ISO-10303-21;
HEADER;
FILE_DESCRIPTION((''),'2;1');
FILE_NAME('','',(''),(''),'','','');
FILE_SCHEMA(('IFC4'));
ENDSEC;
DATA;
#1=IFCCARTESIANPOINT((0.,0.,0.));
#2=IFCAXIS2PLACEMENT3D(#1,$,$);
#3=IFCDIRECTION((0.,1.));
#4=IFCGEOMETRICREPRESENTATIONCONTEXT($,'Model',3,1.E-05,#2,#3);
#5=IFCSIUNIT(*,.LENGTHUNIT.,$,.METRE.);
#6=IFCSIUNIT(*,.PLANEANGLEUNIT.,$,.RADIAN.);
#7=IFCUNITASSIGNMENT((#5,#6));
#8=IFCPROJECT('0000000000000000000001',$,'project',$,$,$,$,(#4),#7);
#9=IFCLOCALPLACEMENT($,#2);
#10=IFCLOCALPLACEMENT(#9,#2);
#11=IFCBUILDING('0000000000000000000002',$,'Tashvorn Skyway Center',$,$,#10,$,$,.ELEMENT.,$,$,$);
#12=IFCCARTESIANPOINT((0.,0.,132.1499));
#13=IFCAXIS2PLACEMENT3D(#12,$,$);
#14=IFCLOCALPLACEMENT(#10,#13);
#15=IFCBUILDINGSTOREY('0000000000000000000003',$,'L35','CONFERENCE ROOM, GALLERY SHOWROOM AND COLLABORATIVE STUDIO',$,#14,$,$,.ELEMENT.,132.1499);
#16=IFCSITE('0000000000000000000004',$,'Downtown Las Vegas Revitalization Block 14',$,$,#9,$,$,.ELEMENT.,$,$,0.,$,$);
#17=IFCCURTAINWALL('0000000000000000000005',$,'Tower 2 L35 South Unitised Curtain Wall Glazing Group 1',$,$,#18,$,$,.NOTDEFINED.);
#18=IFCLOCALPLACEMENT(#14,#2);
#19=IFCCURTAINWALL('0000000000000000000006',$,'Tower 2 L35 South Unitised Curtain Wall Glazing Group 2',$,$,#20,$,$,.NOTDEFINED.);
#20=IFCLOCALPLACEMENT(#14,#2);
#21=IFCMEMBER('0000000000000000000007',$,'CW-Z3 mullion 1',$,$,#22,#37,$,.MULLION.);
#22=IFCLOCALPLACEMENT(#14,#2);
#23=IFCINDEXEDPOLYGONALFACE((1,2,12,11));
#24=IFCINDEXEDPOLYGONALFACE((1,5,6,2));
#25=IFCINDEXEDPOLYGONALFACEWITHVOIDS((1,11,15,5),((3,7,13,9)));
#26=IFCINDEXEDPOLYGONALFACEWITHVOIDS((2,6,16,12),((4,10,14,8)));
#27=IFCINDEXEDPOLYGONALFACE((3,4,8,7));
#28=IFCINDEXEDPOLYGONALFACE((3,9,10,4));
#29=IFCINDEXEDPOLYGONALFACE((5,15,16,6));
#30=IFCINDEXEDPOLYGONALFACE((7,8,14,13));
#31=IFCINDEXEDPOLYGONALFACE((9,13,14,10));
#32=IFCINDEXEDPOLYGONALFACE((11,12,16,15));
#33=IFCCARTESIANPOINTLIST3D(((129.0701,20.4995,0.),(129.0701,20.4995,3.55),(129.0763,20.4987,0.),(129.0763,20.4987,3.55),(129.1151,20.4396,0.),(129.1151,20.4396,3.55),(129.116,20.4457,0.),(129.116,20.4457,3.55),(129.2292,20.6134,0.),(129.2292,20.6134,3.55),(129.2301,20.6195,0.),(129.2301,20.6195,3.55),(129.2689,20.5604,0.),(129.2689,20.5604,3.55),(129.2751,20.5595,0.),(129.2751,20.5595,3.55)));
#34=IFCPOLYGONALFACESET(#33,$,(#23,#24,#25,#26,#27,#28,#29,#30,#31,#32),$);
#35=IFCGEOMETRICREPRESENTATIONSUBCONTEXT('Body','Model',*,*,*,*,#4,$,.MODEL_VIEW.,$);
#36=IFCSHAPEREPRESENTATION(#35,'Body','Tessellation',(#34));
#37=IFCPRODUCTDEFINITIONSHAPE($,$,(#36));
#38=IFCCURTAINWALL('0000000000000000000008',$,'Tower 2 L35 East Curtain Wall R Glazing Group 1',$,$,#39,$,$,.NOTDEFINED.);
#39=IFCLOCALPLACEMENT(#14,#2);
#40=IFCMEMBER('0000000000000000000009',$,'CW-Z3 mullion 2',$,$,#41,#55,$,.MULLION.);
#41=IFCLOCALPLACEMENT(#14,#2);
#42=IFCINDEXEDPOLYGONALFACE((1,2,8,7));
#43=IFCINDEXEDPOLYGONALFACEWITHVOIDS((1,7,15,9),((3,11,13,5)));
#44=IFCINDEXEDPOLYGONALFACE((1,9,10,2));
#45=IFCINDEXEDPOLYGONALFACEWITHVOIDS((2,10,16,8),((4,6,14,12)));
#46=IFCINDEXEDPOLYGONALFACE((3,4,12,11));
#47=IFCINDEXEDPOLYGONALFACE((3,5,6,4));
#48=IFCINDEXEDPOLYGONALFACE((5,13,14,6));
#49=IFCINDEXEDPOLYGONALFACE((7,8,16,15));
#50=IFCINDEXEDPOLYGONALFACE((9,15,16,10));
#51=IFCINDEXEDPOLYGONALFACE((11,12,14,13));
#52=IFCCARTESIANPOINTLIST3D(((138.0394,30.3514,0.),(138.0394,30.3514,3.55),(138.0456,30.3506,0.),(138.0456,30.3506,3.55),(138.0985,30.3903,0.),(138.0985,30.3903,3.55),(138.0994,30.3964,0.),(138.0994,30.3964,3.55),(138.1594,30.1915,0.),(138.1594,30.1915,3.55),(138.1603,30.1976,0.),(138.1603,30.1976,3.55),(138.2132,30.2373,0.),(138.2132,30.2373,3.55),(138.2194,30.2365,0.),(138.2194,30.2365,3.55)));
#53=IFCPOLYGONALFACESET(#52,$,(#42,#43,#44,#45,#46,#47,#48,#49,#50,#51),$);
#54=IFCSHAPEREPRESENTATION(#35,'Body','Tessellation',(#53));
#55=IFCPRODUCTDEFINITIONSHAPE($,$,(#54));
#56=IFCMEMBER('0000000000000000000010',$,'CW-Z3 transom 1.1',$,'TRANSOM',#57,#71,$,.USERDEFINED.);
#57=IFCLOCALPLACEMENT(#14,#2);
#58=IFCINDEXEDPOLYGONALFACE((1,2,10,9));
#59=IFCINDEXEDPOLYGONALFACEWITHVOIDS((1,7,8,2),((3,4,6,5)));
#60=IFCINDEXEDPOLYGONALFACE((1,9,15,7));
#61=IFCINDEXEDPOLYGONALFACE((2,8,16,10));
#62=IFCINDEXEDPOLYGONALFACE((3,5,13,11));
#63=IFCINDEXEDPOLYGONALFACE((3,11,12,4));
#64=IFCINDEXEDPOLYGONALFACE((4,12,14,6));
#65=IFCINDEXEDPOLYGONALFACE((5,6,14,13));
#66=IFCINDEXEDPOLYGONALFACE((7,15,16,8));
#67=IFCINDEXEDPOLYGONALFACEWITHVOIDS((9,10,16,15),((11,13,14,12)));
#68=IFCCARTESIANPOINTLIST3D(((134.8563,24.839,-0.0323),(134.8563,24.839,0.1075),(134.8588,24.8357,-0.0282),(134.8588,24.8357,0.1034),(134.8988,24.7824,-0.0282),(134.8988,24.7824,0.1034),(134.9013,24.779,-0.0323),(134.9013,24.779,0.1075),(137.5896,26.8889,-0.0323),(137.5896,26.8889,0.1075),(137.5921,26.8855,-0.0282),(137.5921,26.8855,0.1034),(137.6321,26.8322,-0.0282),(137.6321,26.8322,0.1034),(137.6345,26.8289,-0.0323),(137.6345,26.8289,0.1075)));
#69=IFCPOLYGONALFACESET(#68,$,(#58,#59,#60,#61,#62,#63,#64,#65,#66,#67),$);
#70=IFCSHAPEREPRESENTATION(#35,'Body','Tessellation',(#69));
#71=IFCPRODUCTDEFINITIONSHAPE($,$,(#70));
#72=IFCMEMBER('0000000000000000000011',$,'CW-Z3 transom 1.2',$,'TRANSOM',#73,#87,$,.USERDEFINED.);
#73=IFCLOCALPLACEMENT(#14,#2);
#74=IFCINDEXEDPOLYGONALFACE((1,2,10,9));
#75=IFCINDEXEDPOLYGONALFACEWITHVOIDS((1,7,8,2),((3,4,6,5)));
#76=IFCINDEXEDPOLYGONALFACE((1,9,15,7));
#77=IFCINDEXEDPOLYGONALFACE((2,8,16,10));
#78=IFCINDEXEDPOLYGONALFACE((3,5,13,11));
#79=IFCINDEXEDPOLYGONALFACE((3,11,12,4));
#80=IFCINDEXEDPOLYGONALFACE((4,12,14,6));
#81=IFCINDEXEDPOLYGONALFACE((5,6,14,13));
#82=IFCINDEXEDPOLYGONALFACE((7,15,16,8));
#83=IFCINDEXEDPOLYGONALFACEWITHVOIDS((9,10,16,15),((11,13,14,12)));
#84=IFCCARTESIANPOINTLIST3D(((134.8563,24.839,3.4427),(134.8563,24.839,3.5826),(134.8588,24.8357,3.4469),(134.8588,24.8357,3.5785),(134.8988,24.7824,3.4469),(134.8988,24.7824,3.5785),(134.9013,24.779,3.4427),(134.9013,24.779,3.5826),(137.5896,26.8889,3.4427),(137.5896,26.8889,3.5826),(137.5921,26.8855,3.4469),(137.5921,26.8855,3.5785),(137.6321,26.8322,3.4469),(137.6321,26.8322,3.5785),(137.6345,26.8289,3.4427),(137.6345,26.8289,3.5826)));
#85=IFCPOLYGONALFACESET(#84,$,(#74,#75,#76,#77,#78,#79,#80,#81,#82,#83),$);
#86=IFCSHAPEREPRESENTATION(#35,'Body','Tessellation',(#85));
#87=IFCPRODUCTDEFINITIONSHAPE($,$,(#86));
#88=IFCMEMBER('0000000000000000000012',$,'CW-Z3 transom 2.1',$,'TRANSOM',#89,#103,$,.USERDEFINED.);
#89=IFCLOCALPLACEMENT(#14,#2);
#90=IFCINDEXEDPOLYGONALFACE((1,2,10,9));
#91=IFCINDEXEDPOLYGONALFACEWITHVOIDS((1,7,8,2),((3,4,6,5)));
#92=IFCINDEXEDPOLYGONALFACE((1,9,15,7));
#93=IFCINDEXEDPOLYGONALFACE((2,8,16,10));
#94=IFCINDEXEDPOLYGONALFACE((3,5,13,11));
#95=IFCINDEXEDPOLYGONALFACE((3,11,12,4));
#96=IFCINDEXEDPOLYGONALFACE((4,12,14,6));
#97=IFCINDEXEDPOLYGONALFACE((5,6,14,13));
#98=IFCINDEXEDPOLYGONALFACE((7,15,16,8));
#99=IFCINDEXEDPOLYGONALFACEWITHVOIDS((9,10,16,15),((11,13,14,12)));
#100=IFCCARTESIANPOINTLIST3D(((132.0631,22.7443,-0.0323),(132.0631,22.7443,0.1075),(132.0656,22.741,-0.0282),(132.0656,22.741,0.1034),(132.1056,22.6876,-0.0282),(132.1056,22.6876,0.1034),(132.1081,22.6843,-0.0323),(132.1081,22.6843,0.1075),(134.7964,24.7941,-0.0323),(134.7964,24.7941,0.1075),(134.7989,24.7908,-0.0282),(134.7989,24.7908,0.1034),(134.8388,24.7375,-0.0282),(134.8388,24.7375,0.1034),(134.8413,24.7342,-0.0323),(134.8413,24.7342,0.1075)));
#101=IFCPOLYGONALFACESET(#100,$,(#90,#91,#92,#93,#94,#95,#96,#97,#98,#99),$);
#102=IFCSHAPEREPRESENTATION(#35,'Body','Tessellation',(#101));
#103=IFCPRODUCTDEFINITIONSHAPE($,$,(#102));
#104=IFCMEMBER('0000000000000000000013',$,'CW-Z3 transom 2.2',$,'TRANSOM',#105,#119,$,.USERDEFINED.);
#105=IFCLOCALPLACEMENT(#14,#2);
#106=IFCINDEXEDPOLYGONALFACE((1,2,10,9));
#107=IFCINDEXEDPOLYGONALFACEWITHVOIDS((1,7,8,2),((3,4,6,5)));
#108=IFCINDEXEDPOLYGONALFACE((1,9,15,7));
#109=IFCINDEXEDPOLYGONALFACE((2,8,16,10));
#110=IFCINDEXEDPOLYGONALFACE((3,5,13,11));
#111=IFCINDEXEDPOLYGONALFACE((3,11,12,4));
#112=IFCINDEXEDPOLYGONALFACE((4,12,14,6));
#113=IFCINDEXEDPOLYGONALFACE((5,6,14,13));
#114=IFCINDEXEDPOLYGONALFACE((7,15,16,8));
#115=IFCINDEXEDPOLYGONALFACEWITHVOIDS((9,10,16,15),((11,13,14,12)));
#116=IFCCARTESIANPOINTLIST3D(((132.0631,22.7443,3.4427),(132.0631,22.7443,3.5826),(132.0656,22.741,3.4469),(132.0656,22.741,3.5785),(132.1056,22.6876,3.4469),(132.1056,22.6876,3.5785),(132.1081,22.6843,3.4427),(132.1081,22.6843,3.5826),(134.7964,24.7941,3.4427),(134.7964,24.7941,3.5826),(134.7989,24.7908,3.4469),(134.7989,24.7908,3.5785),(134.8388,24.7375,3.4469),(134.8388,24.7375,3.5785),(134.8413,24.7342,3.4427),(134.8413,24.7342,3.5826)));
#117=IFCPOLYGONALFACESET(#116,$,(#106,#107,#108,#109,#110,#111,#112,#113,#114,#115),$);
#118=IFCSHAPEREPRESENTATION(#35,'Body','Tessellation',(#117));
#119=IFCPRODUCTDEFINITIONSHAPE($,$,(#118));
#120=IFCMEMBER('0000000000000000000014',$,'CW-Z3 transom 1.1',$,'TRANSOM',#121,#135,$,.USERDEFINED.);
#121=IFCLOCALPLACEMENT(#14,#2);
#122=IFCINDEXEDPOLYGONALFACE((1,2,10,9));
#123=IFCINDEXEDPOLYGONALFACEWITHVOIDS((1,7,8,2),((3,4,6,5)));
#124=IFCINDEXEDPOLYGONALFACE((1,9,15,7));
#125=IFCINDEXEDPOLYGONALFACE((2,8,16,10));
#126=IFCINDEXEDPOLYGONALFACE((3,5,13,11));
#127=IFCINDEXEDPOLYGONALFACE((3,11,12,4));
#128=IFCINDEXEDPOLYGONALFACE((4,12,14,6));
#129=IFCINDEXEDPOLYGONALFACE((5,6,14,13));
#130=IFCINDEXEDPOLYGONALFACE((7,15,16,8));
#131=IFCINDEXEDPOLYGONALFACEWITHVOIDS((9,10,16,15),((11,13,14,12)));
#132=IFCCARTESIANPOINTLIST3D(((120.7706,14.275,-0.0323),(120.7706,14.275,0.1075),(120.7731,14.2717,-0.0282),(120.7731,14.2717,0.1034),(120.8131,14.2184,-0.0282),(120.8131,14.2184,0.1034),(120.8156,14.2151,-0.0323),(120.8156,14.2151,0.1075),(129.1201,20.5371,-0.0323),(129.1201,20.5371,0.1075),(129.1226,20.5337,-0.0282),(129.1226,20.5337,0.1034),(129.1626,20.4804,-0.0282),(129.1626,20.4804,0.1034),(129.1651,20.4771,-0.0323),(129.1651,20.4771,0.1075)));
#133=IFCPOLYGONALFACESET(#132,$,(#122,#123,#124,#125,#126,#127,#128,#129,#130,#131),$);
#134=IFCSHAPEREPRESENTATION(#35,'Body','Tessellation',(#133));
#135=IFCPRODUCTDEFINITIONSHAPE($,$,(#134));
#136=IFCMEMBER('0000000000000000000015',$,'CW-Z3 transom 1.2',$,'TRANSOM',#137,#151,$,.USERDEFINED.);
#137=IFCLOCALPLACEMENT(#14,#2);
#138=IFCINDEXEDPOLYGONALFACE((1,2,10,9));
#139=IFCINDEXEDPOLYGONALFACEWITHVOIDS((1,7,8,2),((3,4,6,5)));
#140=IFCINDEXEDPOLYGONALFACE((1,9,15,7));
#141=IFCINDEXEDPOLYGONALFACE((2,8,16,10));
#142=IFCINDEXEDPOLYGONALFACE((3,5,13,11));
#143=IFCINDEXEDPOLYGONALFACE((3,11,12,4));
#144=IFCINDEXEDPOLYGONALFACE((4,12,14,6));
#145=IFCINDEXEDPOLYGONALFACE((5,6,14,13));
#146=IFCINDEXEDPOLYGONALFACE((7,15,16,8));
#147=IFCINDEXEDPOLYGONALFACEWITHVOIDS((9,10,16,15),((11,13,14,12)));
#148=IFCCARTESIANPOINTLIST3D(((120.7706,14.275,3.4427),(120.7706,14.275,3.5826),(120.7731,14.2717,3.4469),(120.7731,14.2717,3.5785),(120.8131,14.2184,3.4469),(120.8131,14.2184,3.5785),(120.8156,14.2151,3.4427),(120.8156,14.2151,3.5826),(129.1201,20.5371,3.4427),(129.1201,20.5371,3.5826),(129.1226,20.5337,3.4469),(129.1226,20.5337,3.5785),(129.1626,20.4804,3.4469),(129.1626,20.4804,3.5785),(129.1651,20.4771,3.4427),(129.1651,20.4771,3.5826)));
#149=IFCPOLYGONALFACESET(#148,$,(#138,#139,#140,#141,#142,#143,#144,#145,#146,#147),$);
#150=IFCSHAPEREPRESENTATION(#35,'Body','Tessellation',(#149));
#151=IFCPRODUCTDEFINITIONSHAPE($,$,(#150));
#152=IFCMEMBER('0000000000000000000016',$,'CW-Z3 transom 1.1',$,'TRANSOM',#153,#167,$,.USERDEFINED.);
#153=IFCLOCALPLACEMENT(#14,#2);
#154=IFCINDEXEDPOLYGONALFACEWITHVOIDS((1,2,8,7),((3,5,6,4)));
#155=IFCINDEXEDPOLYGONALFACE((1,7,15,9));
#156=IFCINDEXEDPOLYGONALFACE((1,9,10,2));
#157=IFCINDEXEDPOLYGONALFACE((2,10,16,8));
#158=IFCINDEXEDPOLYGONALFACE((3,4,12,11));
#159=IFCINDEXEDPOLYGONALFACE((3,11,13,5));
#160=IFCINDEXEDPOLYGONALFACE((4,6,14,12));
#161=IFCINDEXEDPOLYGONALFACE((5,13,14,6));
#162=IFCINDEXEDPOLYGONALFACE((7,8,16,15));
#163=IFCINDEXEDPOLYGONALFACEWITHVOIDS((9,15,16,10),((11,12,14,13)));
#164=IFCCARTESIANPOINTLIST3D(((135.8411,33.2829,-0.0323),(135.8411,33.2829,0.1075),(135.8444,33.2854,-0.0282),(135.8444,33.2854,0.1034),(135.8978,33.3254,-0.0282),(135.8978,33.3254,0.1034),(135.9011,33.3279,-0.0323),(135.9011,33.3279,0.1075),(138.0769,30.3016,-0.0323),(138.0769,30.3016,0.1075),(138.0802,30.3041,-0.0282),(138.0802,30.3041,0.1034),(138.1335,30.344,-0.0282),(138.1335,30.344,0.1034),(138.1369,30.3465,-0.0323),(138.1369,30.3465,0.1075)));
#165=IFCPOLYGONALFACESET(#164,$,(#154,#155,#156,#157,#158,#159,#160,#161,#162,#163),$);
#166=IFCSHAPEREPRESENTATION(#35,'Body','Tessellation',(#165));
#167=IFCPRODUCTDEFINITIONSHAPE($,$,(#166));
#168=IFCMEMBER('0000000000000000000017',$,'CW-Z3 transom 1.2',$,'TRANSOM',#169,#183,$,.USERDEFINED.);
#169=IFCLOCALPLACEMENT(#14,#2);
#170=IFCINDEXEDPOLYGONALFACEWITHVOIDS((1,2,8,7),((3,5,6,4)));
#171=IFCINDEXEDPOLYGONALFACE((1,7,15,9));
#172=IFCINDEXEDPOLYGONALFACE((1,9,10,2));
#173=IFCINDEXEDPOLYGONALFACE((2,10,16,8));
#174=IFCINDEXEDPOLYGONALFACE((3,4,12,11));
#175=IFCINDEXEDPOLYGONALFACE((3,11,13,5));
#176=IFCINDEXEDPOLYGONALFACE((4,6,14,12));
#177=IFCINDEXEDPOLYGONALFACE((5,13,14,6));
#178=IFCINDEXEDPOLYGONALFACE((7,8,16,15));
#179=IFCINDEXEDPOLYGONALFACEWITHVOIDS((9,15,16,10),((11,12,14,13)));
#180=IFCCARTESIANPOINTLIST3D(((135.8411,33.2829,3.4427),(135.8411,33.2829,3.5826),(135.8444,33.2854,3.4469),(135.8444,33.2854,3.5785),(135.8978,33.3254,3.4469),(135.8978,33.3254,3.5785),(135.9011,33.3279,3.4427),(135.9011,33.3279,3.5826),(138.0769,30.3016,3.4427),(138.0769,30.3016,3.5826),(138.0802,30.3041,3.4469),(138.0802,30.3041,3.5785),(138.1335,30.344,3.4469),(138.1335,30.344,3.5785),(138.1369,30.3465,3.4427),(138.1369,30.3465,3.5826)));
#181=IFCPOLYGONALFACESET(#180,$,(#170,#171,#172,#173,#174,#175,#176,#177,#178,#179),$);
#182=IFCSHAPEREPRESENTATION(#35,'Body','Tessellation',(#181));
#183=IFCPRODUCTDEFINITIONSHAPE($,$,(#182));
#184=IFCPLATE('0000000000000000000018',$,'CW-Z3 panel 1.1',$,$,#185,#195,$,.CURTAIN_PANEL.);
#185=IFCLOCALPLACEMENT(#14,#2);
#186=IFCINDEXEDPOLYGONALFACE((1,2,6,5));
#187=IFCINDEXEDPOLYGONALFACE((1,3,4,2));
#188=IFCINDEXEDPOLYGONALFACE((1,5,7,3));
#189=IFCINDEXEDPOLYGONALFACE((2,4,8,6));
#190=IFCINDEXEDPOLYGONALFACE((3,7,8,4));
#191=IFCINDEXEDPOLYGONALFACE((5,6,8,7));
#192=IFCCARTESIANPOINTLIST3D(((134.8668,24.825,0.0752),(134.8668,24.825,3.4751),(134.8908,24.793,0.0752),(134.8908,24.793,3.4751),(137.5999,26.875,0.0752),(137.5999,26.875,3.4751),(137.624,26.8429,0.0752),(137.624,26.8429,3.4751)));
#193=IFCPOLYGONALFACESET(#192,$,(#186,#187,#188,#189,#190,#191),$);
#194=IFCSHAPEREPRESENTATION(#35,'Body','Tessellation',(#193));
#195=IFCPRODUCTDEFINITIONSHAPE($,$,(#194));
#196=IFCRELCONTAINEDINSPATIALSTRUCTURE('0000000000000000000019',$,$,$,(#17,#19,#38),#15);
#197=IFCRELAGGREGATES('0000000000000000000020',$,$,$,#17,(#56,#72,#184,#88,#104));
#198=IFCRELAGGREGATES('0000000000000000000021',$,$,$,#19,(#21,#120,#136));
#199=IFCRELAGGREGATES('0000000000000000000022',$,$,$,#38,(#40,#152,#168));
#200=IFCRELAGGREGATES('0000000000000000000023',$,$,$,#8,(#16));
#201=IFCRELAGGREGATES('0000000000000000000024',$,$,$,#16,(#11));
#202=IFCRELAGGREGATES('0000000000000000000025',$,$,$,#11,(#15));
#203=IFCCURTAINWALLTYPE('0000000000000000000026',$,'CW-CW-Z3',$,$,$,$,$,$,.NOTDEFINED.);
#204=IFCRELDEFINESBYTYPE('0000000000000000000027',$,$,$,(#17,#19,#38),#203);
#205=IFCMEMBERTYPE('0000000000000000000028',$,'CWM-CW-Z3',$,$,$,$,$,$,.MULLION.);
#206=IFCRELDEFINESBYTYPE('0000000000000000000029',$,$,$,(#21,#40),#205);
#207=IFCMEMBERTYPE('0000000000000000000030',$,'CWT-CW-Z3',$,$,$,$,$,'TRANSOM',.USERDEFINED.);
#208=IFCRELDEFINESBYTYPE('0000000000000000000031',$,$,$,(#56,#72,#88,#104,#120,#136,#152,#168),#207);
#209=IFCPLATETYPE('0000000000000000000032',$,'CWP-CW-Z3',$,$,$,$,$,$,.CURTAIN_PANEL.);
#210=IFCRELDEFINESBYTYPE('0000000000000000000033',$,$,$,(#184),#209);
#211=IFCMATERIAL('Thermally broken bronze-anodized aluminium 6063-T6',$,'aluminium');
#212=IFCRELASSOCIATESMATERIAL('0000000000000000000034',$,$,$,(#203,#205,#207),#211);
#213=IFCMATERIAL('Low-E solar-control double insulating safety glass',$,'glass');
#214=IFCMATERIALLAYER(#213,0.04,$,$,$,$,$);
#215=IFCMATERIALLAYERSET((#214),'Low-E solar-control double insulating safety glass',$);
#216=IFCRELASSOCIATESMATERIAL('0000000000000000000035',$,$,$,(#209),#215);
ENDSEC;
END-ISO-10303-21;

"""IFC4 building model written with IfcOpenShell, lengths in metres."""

from ifc_helpers import new_model, si_unit, direction, frame, origin, origin_2d, place, context, subcontext, project, spatial, rectangle, hollow_rectangle, extrude, material, layer, layer_set, material_profile, profile_set, type_object, element, aggregate, save


model = new_model("IFC4")

# Units and contexts
model_context = context("Model", 3, precision=1e-05, world=origin(), true_north=direction((0.0, 1.0)))
body_context = subcontext(model_context, "Body", "Model", "MODEL_VIEW")
ifc_project = project(units=[si_unit("LENGTHUNIT", "METRE"), si_unit("PLANEANGLEUNIT", "RADIAN")], contexts=[model_context])

# Site, building, storey
site_placement = place(None, origin())
site = spatial("IfcSite", under=ifc_project, at=site_placement, Name="Downtown Las Vegas Revitalization Block 14", CompositionType="ELEMENT", RefElevation=0.0)
building_placement = place(site_placement, origin())
building = spatial("IfcBuilding", under=site, at=building_placement, Name="Tashvorn Skyway Center", CompositionType="ELEMENT")
storey_placement = place(building_placement, frame((0.0, 0.0, 132.1499)))
storey = spatial("IfcBuildingStorey", under=building, at=storey_placement, Name="L35", Description="CONFERENCE ROOM, GALLERY SHOWROOM AND COLLABORATIVE STUDIO", CompositionType="ELEMENT", Elevation=132.1499)

# Curtain wall
ifc_material_1 = material(Name="Thermally broken bronze-anodized aluminium 6063-T6", Category="aluminium")
curtain_wall_type = type_object("IfcCurtainWallType", Name="CW-CW-Z3", PredefinedType="NOTDEFINED", material=ifc_material_1)
curtain_wall_1_placement = place(storey_placement, origin())
curtain_wall_1 = element("IfcCurtainWall", 1, at=curtain_wall_1_placement, inside=storey, type_object=curtain_wall_type, Name="Tower 2 L35 South Unitised Curtain Wall Glazing Group 1", PredefinedType="NOTDEFINED")
ifc_material_profile_1 = material_profile(ifc_material_1, hollow_rectangle(XDim=0.075, YDim=0.2, WallThickness=0.0044, at=origin_2d()), Name="ALU-MULL-75x200")
ifc_profile_set_1 = profile_set([ifc_material_profile_1], Name="Thermally broken bronze-anodized aluminium 6063-T6")
member_type_1 = type_object("IfcMemberType", Name="CWM-CW-Z3", PredefinedType="MULLION", material=ifc_profile_set_1)

# Curtain walls, members
curtain_wall_2_placement = place(storey_placement, origin())
curtain_wall_2 = element("IfcCurtainWall", 2, at=curtain_wall_2_placement, inside=storey, type_object=curtain_wall_type, Name="Tower 2 L35 South Unitised Curtain Wall Glazing Group 2", PredefinedType="NOTDEFINED")
member_1_placement = place(storey_placement, frame((129.1726, 20.5295, 0.0), z_axis=(0.0, 0.0, 1.0), x_axis=(0.599997, -0.800002, 0.0)))
member_1 = element("IfcMember", 3, at=member_1_placement, type_object=member_type_1, Name="CW-Z3 mullion 1", PredefinedType="MULLION", context=body_context, shape_type="SweptSolid", body=[
    extrude(hollow_rectangle(XDim=0.075, YDim=0.2, WallThickness=0.0044, at=origin_2d()), origin(), (0.0, 0.0, 1.0), 3.55),
])
curtain_wall_3_placement = place(storey_placement, origin())
curtain_wall_3 = element("IfcCurtainWall", 4, at=curtain_wall_3_placement, inside=storey, type_object=curtain_wall_type, Name="Tower 2 L35 East Curtain Wall R Glazing Group 1", PredefinedType="NOTDEFINED")
member_2_placement = place(storey_placement, frame((138.1294, 30.2939, 0.0), z_axis=(0.0, 0.0, 1.0), x_axis=(0.799997, 0.600004, 0.0)))
member_2 = element("IfcMember", 5, at=member_2_placement, type_object=member_type_1, Name="CW-Z3 mullion 2", PredefinedType="MULLION", context=body_context, shape_type="SweptSolid", body=[
    extrude(hollow_rectangle(XDim=0.075, YDim=0.2, WallThickness=0.0044, at=origin_2d()), origin(), (0.0, 0.0, 1.0), 3.55),
])

# Members
ifc_material_profile_2 = material_profile(ifc_material_1, hollow_rectangle(XDim=0.075, YDim=0.1399, WallThickness=0.0042, at=origin_2d()), Name="ALU-TRAN-75x140")
ifc_profile_set_2 = profile_set([ifc_material_profile_2], Name="Thermally broken bronze-anodized aluminium 6063-T6")
member_type_2 = type_object("IfcMemberType", Name="CWT-CW-Z3", ElementType="TRANSOM", PredefinedType="USERDEFINED", material=ifc_profile_set_2)
member_3_placement = place(storey_placement, frame((137.6121, 26.8589, 0.0376), z_axis=(-0.800009, -0.599989, 0.0), x_axis=(0.599989, -0.800009, 0.0)))
member_3 = element("IfcMember", 6, at=member_3_placement, type_object=member_type_2, Name="CW-Z3 transom 1.1", ObjectType="TRANSOM", PredefinedType="USERDEFINED", context=body_context, shape_type="SweptSolid", body=[
    extrude(hollow_rectangle(XDim=0.075, YDim=0.1399, WallThickness=0.0042, at=origin_2d()), origin(), (0.0, 0.0, 1.0), 3.4165),
])
member_4_placement = place(storey_placement, frame((137.6121, 26.8589, 3.5127), z_axis=(-0.800009, -0.599989, 0.0), x_axis=(0.599989, -0.800009, 0.0)))
member_4 = element("IfcMember", 7, at=member_4_placement, type_object=member_type_2, Name="CW-Z3 transom 1.2", ObjectType="TRANSOM", PredefinedType="USERDEFINED", context=body_context, shape_type="SweptSolid", body=[
    extrude(hollow_rectangle(XDim=0.075, YDim=0.1399, WallThickness=0.0042, at=origin_2d()), origin(), (0.0, 0.0, 1.0), 3.4165),
])
member_5_placement = place(storey_placement, frame((134.8188, 24.7642, 0.0376), z_axis=(-0.800009, -0.599989, 0.0), x_axis=(0.599989, -0.800009, 0.0)))
member_5 = element("IfcMember", 8, at=member_5_placement, type_object=member_type_2, Name="CW-Z3 transom 2.1", ObjectType="TRANSOM", PredefinedType="USERDEFINED", context=body_context, shape_type="SweptSolid", body=[
    extrude(hollow_rectangle(XDim=0.075, YDim=0.1399, WallThickness=0.0042, at=origin_2d()), origin(), (0.0, 0.0, 1.0), 3.4165),
])
member_6_placement = place(storey_placement, frame((134.8188, 24.7642, 3.5127), z_axis=(-0.800009, -0.599989, 0.0), x_axis=(0.599989, -0.800009, 0.0)))
member_6 = element("IfcMember", 9, at=member_6_placement, type_object=member_type_2, Name="CW-Z3 transom 2.2", ObjectType="TRANSOM", PredefinedType="USERDEFINED", context=body_context, shape_type="SweptSolid", body=[
    extrude(hollow_rectangle(XDim=0.075, YDim=0.1399, WallThickness=0.0042, at=origin_2d()), origin(), (0.0, 0.0, 1.0), 3.4165),
])
member_7_placement = place(storey_placement, frame((129.1426, 20.5071, 0.0376), z_axis=(-0.800003, -0.599996, 0.0), x_axis=(0.599996, -0.800003, 0.0)))
member_7 = element("IfcMember", 10, at=member_7_placement, type_object=member_type_2, Name="CW-Z3 transom 1.1", ObjectType="TRANSOM", PredefinedType="USERDEFINED", context=body_context, shape_type="SweptSolid", body=[
    extrude(hollow_rectangle(XDim=0.075, YDim=0.1399, WallThickness=0.0042, at=origin_2d()), origin(), (0.0, 0.0, 1.0), 10.4368),
])
member_8_placement = place(storey_placement, frame((129.1426, 20.5071, 3.5127), z_axis=(-0.800003, -0.599996, 0.0), x_axis=(0.599996, -0.800003, 0.0)))
member_8 = element("IfcMember", 11, at=member_8_placement, type_object=member_type_2, Name="CW-Z3 transom 1.2", ObjectType="TRANSOM", PredefinedType="USERDEFINED", context=body_context, shape_type="SweptSolid", body=[
    extrude(hollow_rectangle(XDim=0.075, YDim=0.1399, WallThickness=0.0042, at=origin_2d()), origin(), (0.0, 0.0, 1.0), 10.4368),
])
member_9_placement = place(storey_placement, frame((135.8711, 33.3054, 0.0376), z_axis=(0.599958, -0.800031, 0.0), x_axis=(0.800031, 0.599958, 0.0)))
member_9 = element("IfcMember", 12, at=member_9_placement, type_object=member_type_2, Name="CW-Z3 transom 1.1", ObjectType="TRANSOM", PredefinedType="USERDEFINED", context=body_context, shape_type="SweptSolid", body=[
    extrude(hollow_rectangle(XDim=0.075, YDim=0.1399, WallThickness=0.0042, at=origin_2d()), origin(), (0.0, 0.0, 1.0), 3.7266),
])
member_10_placement = place(storey_placement, frame((135.8711, 33.3054, 3.5127), z_axis=(0.599958, -0.800031, 0.0), x_axis=(0.800031, 0.599958, 0.0)))
member_10 = element("IfcMember", 13, at=member_10_placement, type_object=member_type_2, Name="CW-Z3 transom 1.2", ObjectType="TRANSOM", PredefinedType="USERDEFINED", context=body_context, shape_type="SweptSolid", body=[
    extrude(hollow_rectangle(XDim=0.075, YDim=0.1399, WallThickness=0.0042, at=origin_2d()), origin(), (0.0, 0.0, 1.0), 3.7266),
])

# Plate
ifc_material_2 = material(Name="Low-E solar-control double insulating safety glass", Category="glass")
ifc_layer_1 = layer(ifc_material_2, 0.04)
ifc_layer_set_1 = layer_set([ifc_layer_1], Name="Low-E solar-control double insulating safety glass")
plate_type = type_object("IfcPlateType", Name="CWP-CW-Z3", PredefinedType="CURTAIN_PANEL", material=ifc_layer_set_1)
plate_1_placement = place(storey_placement, frame((136.2454, 25.834, 0.0752), z_axis=(0.0, 0.0, 1.0), x_axis=(-0.799997, -0.600005, 0.0)))
plate_1 = element("IfcPlate", 14, at=plate_1_placement, type_object=plate_type, Name="CW-Z3 panel 1.1", PredefinedType="CURTAIN_PANEL", context=body_context, shape_type="SweptSolid", body=[
    extrude(rectangle(XDim=3.4165, YDim=0.04, at=origin_2d()), origin(), (0.0, 0.0, 1.0), 3.3999),
])
aggregate(curtain_wall_1, [member_3, member_4, plate_1, member_5, member_6])
aggregate(curtain_wall_2, [member_1, member_7, member_8])
aggregate(curtain_wall_3, [member_2, member_9, member_10])

save(model, "model.ifc")
